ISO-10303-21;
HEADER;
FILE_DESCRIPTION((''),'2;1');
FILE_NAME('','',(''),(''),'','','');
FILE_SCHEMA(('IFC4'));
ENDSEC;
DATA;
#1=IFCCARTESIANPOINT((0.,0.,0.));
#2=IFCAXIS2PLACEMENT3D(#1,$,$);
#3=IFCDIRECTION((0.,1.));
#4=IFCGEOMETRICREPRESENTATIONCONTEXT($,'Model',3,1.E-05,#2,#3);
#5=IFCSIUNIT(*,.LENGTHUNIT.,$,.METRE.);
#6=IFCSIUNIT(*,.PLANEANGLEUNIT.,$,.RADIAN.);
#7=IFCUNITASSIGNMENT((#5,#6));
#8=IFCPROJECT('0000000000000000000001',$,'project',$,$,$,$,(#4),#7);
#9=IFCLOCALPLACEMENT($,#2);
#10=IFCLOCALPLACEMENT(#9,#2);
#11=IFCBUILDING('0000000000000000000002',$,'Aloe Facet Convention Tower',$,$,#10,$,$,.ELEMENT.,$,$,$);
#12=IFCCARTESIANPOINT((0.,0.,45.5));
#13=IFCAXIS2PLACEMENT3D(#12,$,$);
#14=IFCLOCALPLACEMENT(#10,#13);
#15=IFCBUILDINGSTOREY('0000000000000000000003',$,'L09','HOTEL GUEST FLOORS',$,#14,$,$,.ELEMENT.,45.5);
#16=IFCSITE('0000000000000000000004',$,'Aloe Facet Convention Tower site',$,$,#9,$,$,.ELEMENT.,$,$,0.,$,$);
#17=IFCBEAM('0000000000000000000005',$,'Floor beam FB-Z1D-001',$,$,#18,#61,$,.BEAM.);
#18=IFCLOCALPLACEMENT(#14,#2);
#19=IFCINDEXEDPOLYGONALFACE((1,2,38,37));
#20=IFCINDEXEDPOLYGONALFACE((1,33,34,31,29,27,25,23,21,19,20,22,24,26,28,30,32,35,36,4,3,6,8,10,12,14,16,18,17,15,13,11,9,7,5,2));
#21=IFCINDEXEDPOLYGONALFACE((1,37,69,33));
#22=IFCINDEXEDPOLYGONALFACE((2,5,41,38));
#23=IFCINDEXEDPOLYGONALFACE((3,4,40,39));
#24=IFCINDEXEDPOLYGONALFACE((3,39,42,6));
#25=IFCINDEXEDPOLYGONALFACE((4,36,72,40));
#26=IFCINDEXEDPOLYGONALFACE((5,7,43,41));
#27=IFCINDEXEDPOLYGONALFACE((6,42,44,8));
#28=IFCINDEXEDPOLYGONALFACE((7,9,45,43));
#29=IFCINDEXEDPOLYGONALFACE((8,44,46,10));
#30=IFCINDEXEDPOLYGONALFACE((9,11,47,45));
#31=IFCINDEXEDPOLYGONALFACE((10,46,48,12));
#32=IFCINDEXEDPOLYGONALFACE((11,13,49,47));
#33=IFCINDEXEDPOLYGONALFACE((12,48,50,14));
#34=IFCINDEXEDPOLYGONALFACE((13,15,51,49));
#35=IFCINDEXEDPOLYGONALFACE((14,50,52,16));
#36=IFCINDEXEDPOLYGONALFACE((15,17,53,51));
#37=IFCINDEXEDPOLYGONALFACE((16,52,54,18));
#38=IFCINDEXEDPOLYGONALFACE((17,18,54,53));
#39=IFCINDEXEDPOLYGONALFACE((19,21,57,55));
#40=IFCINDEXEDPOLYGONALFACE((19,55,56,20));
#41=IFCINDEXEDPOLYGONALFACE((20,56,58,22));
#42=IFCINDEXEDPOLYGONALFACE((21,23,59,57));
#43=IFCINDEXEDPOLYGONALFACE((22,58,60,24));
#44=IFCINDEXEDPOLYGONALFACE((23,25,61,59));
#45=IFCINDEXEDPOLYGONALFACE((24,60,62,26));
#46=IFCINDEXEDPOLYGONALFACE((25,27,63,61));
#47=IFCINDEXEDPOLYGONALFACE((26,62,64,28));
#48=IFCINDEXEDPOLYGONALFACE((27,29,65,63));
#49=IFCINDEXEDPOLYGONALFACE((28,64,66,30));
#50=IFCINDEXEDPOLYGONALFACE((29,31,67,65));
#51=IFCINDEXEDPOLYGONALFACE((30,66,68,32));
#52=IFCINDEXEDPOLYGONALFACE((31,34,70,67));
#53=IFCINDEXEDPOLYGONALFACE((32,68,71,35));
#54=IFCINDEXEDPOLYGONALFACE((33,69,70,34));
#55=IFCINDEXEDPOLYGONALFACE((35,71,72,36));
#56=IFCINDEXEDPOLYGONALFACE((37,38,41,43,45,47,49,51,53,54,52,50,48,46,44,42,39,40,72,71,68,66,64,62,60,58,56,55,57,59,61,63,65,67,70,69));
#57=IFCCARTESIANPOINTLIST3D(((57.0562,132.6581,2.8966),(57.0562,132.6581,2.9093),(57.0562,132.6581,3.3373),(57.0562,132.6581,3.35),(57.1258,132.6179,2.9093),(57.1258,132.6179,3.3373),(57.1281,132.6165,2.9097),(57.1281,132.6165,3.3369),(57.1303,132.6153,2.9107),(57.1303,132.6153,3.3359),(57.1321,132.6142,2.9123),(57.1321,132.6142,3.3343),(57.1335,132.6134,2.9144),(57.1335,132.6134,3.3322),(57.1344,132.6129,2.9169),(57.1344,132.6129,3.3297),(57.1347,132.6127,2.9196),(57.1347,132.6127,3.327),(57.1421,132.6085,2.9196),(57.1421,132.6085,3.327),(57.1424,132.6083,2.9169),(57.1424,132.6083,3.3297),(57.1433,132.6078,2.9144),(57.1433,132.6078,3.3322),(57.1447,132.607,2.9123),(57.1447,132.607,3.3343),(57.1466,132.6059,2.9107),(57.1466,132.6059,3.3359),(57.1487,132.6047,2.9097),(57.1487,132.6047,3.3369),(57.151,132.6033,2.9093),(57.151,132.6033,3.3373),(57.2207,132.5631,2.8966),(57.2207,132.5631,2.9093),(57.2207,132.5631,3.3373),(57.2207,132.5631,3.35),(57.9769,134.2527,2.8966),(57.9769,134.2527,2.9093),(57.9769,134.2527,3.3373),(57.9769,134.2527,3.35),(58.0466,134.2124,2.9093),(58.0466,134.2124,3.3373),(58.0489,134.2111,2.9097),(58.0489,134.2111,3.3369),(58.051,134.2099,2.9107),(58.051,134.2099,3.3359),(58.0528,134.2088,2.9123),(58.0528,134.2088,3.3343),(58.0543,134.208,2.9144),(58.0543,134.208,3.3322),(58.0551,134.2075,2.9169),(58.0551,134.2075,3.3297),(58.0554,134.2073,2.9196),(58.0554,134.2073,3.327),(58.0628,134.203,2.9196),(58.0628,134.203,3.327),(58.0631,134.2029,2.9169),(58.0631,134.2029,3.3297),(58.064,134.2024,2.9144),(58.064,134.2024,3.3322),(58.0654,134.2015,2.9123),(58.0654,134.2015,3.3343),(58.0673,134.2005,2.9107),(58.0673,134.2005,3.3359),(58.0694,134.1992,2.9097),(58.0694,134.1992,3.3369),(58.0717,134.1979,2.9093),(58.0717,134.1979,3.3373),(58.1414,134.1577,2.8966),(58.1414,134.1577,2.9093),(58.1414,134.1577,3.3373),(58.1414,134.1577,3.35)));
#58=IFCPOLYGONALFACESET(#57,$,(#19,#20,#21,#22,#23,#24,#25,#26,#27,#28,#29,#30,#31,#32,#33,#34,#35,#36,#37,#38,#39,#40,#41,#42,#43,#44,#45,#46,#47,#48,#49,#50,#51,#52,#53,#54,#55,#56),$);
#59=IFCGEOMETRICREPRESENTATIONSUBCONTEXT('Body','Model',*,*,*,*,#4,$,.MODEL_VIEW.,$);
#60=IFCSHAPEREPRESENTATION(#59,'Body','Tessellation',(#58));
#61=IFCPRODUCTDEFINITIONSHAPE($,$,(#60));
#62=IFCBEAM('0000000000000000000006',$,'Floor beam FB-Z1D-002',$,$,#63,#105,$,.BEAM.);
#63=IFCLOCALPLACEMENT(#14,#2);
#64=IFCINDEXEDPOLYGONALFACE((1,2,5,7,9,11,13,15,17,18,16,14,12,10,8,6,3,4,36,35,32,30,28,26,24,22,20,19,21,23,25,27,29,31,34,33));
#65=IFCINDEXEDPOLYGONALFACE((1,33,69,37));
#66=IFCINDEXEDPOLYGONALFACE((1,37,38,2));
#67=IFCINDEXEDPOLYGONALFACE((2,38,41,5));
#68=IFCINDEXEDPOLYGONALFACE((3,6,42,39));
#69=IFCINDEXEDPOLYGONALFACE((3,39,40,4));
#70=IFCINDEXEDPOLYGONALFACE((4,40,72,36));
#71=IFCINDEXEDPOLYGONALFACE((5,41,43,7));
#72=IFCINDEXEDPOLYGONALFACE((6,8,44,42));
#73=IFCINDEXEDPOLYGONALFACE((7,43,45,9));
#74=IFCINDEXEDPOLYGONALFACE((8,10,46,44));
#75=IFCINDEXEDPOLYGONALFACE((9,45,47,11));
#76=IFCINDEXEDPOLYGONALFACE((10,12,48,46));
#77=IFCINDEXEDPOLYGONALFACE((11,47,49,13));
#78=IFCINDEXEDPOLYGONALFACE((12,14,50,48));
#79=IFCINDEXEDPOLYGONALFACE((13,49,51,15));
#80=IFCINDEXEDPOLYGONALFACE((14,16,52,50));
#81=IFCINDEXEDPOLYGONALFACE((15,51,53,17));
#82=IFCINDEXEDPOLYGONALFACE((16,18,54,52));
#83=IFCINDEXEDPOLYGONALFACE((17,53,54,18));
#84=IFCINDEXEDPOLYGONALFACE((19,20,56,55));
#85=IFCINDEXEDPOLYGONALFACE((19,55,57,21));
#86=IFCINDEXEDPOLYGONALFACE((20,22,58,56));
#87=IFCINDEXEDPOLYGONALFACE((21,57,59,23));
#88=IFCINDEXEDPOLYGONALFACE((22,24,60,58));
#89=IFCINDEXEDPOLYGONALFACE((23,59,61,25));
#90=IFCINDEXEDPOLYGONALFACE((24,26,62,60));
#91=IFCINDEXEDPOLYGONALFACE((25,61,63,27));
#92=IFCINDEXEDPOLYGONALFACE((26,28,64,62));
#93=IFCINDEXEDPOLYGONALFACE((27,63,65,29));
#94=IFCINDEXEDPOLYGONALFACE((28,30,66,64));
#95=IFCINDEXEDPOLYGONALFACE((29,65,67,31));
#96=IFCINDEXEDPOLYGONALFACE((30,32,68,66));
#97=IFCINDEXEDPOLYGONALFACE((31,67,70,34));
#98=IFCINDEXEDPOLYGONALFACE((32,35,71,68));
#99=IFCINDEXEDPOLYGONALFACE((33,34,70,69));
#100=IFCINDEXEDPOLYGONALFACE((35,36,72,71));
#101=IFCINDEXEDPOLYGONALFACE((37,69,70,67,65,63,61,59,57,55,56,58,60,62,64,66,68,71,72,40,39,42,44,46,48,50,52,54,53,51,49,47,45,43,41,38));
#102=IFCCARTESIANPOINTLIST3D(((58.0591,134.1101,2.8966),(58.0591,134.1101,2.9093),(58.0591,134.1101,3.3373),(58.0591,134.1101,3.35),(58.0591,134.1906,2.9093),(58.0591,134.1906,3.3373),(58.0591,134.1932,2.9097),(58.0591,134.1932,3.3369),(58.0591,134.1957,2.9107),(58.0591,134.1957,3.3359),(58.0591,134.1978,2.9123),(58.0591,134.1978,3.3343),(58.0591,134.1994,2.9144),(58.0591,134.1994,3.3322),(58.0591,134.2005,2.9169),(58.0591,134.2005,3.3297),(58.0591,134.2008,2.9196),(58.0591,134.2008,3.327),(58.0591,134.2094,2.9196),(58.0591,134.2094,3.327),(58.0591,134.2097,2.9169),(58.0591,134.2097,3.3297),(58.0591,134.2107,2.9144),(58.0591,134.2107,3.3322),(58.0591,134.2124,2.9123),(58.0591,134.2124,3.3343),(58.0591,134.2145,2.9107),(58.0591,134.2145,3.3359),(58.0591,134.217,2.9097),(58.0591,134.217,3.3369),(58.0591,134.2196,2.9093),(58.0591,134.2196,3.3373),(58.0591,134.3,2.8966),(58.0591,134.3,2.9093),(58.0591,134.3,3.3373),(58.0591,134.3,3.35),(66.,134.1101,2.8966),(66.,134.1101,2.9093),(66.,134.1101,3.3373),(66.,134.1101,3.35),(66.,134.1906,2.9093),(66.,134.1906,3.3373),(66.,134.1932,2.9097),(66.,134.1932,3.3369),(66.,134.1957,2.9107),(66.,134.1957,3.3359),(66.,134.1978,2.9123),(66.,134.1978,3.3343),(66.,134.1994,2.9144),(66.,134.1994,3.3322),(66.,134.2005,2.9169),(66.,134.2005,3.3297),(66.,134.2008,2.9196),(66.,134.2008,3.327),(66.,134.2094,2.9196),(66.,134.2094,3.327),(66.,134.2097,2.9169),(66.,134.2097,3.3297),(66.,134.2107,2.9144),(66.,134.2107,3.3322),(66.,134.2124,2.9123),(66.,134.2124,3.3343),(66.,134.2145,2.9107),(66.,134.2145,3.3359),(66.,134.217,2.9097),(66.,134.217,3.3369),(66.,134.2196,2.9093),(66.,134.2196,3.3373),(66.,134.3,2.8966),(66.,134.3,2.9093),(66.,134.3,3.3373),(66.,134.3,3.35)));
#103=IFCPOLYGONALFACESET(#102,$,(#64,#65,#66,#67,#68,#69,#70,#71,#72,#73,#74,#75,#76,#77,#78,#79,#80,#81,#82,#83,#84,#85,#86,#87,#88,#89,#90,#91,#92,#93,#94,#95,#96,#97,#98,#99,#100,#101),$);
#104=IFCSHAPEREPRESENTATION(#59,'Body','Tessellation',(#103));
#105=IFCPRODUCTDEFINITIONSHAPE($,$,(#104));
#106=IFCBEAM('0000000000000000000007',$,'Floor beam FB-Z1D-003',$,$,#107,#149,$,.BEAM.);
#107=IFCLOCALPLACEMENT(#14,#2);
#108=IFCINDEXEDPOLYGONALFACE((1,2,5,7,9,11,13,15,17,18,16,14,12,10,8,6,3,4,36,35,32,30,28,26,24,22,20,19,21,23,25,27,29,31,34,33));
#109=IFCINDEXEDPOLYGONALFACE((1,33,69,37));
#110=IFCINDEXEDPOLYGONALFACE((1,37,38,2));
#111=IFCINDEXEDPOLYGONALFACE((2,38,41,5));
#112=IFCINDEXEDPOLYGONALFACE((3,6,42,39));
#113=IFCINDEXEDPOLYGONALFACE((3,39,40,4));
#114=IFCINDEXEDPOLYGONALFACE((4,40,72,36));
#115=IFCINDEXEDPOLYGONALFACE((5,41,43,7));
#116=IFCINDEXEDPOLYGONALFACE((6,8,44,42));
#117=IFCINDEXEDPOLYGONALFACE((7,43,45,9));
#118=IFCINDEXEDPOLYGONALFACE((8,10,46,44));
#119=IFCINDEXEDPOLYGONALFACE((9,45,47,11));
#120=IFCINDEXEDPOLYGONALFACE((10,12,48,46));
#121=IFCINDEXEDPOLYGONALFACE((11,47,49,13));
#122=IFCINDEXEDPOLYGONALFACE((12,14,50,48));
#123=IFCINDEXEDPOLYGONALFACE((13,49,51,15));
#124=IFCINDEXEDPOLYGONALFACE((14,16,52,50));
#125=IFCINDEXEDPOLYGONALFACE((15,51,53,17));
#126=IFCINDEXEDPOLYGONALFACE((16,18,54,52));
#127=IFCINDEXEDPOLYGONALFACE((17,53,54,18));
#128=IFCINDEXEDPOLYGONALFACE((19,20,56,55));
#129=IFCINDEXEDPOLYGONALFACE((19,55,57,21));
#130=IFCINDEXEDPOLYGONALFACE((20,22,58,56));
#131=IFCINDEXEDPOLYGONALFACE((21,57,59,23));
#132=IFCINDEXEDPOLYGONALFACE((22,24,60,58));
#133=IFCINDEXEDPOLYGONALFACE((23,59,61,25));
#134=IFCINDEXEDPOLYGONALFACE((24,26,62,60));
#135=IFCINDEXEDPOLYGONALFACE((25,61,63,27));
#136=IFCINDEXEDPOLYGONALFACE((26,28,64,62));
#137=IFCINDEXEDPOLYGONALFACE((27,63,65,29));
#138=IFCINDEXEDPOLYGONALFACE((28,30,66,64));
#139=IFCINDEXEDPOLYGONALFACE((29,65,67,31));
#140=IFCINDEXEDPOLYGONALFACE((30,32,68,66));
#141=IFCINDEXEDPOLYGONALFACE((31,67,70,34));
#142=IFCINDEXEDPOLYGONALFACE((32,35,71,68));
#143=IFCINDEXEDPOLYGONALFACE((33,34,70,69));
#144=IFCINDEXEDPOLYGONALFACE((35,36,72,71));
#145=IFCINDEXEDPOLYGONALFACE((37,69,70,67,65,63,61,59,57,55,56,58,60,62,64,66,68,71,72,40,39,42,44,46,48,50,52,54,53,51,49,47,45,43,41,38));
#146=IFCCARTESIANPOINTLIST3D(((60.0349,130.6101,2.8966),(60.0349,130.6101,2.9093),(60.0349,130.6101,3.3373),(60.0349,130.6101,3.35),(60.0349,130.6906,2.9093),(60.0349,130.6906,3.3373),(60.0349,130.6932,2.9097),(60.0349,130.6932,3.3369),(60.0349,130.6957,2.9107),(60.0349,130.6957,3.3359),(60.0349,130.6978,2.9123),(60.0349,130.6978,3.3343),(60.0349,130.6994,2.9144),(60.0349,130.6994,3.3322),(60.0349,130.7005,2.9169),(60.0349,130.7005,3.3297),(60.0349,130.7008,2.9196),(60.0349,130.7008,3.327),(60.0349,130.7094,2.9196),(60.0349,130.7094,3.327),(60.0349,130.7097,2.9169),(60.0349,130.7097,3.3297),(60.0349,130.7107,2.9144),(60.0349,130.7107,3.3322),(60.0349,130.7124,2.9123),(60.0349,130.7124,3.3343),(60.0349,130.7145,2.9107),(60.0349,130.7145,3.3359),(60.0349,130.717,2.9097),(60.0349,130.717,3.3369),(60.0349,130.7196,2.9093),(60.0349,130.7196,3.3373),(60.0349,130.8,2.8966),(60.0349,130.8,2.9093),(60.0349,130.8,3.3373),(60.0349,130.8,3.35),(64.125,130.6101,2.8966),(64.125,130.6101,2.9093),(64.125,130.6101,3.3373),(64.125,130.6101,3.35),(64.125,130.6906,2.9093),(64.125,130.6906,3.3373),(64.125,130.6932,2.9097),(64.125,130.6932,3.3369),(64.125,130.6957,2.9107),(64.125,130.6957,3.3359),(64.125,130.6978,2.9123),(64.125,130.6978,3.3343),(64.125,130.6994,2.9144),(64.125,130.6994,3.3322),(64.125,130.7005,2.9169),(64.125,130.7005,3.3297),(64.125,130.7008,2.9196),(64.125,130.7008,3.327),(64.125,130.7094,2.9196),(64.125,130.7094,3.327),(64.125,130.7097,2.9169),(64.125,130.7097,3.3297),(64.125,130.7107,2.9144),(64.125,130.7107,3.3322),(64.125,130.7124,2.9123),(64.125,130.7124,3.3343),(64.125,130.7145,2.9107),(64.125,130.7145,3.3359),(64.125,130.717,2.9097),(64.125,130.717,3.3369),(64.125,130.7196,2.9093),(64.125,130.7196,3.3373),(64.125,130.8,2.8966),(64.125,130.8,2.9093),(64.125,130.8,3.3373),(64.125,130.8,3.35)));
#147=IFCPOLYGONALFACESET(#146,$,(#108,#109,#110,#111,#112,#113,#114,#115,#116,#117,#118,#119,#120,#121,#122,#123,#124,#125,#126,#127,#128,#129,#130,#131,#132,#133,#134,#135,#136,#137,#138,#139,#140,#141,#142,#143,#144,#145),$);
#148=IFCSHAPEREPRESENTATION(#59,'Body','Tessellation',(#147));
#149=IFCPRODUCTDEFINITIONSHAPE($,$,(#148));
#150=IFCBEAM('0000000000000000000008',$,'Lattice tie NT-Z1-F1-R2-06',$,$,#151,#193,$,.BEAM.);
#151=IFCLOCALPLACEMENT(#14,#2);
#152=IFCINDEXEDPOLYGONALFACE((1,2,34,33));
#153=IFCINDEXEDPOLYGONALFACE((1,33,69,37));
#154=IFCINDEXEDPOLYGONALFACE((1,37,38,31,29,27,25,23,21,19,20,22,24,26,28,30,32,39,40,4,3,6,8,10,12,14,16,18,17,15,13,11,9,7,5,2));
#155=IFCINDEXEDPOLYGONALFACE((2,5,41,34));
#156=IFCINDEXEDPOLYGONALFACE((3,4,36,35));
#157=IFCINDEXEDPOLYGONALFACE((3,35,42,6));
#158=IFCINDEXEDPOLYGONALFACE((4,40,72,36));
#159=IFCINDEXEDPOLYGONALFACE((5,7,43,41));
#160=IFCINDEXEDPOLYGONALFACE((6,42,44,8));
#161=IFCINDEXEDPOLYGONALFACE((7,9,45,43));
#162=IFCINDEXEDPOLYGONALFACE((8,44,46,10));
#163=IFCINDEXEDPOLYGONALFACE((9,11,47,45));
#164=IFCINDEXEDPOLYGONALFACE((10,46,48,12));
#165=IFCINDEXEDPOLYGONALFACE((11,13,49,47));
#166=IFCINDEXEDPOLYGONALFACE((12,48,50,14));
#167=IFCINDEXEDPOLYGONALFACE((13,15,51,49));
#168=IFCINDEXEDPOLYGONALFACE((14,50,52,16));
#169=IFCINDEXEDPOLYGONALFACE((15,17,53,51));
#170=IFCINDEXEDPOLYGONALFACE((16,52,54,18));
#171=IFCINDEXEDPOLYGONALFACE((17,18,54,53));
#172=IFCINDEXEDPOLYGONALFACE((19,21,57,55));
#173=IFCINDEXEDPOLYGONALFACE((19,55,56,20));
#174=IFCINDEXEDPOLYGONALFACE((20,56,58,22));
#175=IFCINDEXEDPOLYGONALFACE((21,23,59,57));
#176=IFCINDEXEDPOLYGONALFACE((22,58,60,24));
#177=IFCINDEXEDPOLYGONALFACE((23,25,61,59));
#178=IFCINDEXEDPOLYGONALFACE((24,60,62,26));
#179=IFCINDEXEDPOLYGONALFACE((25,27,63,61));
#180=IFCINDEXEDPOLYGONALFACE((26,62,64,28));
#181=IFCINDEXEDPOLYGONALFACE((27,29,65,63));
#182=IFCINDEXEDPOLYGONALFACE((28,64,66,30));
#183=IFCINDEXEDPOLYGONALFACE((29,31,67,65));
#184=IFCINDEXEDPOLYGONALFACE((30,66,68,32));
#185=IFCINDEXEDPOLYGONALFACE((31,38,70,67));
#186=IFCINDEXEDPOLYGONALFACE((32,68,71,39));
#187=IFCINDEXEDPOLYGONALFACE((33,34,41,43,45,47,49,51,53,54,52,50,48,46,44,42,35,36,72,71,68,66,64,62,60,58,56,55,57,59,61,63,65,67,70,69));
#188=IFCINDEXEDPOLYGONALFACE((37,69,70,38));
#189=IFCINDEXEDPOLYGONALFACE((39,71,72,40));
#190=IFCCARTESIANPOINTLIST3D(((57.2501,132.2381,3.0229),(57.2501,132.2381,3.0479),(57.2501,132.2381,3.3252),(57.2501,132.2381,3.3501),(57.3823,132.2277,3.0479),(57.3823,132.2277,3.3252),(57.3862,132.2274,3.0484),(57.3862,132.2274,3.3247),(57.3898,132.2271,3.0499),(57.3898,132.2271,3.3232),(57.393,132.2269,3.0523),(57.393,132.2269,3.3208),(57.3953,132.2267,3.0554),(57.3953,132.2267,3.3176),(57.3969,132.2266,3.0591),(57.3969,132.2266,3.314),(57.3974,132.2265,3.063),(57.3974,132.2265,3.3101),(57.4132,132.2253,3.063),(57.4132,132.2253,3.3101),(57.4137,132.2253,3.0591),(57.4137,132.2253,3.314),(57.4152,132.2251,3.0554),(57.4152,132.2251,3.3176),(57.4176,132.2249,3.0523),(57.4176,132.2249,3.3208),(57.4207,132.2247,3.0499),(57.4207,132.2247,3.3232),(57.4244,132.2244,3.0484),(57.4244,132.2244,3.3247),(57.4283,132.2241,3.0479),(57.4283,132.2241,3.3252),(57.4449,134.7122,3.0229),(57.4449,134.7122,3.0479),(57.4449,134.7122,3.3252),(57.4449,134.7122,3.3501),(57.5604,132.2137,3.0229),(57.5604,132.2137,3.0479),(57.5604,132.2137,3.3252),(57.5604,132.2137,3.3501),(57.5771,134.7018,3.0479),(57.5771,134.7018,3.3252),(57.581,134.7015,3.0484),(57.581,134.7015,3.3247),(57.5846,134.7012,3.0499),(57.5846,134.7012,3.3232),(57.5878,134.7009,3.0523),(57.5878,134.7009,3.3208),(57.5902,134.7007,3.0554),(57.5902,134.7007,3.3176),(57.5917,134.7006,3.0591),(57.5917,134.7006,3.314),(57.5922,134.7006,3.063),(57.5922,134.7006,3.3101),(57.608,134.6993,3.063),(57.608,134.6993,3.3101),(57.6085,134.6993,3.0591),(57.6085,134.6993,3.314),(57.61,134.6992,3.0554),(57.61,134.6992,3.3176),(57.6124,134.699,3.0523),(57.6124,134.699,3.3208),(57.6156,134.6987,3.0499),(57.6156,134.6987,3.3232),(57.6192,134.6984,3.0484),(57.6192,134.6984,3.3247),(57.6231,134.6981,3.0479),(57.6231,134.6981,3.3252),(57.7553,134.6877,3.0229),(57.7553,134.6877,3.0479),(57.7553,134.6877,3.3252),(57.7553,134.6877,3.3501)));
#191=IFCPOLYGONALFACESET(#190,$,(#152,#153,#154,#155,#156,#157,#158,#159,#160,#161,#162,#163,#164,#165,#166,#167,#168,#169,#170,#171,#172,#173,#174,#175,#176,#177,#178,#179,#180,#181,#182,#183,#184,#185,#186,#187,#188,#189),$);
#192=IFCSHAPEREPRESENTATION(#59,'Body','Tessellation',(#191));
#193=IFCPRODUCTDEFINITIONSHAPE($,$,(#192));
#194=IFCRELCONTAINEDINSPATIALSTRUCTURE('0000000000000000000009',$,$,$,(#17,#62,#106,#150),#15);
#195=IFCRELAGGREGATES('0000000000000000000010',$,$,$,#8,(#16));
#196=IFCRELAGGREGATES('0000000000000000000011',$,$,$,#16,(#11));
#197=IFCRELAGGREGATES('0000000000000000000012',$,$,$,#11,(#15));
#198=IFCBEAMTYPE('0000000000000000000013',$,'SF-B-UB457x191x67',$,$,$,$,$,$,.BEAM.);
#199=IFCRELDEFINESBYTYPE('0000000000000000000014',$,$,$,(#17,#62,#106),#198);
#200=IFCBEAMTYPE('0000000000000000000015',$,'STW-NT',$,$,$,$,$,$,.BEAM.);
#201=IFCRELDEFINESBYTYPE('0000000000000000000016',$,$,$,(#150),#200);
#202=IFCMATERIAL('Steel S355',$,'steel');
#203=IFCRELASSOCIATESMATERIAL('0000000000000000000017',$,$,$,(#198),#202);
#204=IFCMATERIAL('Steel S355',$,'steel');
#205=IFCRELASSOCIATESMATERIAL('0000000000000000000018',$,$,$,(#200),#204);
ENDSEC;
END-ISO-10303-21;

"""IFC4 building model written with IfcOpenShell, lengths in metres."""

from ifc_helpers import new_model, si_unit, direction, frame, origin, origin_2d, place, context, subcontext, project, spatial, i_section, extrude, material, material_profile, profile_set, type_object, element, save


model = new_model("IFC4")

# Units and contexts
model_context = context("Model", 3, precision=1e-05, world=origin(), true_north=direction((0.0, 1.0)))
body_context = subcontext(model_context, "Body", "Model", "MODEL_VIEW")
ifc_project = project(units=[si_unit("LENGTHUNIT", "METRE"), si_unit("PLANEANGLEUNIT", "RADIAN")], contexts=[model_context])

# Site, building, storey
site_placement = place(None, origin())
site = spatial("IfcSite", under=ifc_project, at=site_placement, Name="Aloe Facet Convention Tower site", CompositionType="ELEMENT", RefElevation=0.0)
building_placement = place(site_placement, origin())
building = spatial("IfcBuilding", under=site, at=building_placement, Name="Aloe Facet Convention Tower", CompositionType="ELEMENT")
storey_placement = place(building_placement, frame((0.0, 0.0, 45.5)))
storey = spatial("IfcBuildingStorey", under=building, at=storey_placement, Name="L09", Description="HOTEL GUEST FLOORS", CompositionType="ELEMENT", Elevation=45.5)

# Beams
ifc_material_1 = material(Name="Steel S355", Category="steel")
ifc_material_profile_1 = material_profile(ifc_material_1, i_section(OverallWidth=0.1899, OverallDepth=0.4534, WebThickness=0.0085, FlangeThickness=0.0127, FilletRadius=0.0103, at=origin_2d()), Name="UB 457x191x67")
ifc_profile_set_1 = profile_set([ifc_material_profile_1], Name="Steel S355")
beam_type_1 = type_object("IfcBeamType", Name="SF-B-UB457x191x67", PredefinedType="BEAM", material=ifc_profile_set_1)
beam_1_placement = place(storey_placement, frame((57.1384, 132.6106, 3.1233), z_axis=(0.500032, 0.866007, 0.0), x_axis=(-0.866007, 0.500032, 0.0)))
element("IfcBeam", 1, at=beam_1_placement, inside=storey, type_object=beam_type_1, Name="Floor beam FB-Z1D-001", PredefinedType="BEAM", context=body_context, shape_type="SweptSolid", body=[
    extrude(i_section(OverallWidth=0.1899, OverallDepth=0.4534, WebThickness=0.0085, FlangeThickness=0.0127, FilletRadius=0.0103, at=origin_2d()), origin(), (0.0, 0.0, 1.0), 1.8413),
])
beam_2_placement = place(storey_placement, frame((58.0591, 134.2051, 3.1233), z_axis=(1.0, 0.0, 0.0), x_axis=(0.0, 1.0, 0.0)))
element("IfcBeam", 2, at=beam_2_placement, inside=storey, type_object=beam_type_1, Name="Floor beam FB-Z1D-002", PredefinedType="BEAM", context=body_context, shape_type="SweptSolid", body=[
    extrude(i_section(OverallWidth=0.1899, OverallDepth=0.4534, WebThickness=0.0085, FlangeThickness=0.0127, FilletRadius=0.0103, at=origin_2d()), origin(), (0.0, 0.0, 1.0), 7.9409),
])
beam_3_placement = place(storey_placement, frame((60.0349, 130.7051, 3.1233), z_axis=(1.0, 0.0, 0.0), x_axis=(0.0, 1.0, 0.0)))
element("IfcBeam", 3, at=beam_3_placement, inside=storey, type_object=beam_type_1, Name="Floor beam FB-Z1D-003", PredefinedType="BEAM", context=body_context, shape_type="SweptSolid", body=[
    extrude(i_section(OverallWidth=0.1899, OverallDepth=0.4534, WebThickness=0.0085, FlangeThickness=0.0127, FilletRadius=0.0103, at=origin_2d()), origin(), (0.0, 0.0, 1.0), 4.0901),
])
ifc_material_2 = material(Name="Steel S355", Category="steel")
ifc_material_profile_2 = material_profile(ifc_material_2, i_section(OverallWidth=0.3113, OverallDepth=0.3271, WebThickness=0.0159, FlangeThickness=0.0249, FilletRadius=0.0151, at=origin_2d()), Name="UC 305x305x158")
ifc_profile_set_2 = profile_set([ifc_material_profile_2], Name="Steel S355")
beam_type_2 = type_object("IfcBeamType", Name="STW-NT", PredefinedType="BEAM", material=ifc_profile_set_2)
beam_4_placement = place(storey_placement, frame((57.6001, 134.7, 3.1865), z_axis=(-0.078502, -0.996914, 0.0), x_axis=(0.996914, -0.078502, 0.0)))
element("IfcBeam", 4, at=beam_4_placement, inside=storey, type_object=beam_type_2, Name="Lattice tie NT-Z1-F1-R2-06", PredefinedType="BEAM", context=body_context, shape_type="SweptSolid", body=[
    extrude(i_section(OverallWidth=0.3113, OverallDepth=0.3271, WebThickness=0.0159, FlangeThickness=0.0249, FilletRadius=0.0151, at=origin_2d()), origin(), (0.0, 0.0, 1.0), 2.4817),
])

save(model, "model.ifc")
